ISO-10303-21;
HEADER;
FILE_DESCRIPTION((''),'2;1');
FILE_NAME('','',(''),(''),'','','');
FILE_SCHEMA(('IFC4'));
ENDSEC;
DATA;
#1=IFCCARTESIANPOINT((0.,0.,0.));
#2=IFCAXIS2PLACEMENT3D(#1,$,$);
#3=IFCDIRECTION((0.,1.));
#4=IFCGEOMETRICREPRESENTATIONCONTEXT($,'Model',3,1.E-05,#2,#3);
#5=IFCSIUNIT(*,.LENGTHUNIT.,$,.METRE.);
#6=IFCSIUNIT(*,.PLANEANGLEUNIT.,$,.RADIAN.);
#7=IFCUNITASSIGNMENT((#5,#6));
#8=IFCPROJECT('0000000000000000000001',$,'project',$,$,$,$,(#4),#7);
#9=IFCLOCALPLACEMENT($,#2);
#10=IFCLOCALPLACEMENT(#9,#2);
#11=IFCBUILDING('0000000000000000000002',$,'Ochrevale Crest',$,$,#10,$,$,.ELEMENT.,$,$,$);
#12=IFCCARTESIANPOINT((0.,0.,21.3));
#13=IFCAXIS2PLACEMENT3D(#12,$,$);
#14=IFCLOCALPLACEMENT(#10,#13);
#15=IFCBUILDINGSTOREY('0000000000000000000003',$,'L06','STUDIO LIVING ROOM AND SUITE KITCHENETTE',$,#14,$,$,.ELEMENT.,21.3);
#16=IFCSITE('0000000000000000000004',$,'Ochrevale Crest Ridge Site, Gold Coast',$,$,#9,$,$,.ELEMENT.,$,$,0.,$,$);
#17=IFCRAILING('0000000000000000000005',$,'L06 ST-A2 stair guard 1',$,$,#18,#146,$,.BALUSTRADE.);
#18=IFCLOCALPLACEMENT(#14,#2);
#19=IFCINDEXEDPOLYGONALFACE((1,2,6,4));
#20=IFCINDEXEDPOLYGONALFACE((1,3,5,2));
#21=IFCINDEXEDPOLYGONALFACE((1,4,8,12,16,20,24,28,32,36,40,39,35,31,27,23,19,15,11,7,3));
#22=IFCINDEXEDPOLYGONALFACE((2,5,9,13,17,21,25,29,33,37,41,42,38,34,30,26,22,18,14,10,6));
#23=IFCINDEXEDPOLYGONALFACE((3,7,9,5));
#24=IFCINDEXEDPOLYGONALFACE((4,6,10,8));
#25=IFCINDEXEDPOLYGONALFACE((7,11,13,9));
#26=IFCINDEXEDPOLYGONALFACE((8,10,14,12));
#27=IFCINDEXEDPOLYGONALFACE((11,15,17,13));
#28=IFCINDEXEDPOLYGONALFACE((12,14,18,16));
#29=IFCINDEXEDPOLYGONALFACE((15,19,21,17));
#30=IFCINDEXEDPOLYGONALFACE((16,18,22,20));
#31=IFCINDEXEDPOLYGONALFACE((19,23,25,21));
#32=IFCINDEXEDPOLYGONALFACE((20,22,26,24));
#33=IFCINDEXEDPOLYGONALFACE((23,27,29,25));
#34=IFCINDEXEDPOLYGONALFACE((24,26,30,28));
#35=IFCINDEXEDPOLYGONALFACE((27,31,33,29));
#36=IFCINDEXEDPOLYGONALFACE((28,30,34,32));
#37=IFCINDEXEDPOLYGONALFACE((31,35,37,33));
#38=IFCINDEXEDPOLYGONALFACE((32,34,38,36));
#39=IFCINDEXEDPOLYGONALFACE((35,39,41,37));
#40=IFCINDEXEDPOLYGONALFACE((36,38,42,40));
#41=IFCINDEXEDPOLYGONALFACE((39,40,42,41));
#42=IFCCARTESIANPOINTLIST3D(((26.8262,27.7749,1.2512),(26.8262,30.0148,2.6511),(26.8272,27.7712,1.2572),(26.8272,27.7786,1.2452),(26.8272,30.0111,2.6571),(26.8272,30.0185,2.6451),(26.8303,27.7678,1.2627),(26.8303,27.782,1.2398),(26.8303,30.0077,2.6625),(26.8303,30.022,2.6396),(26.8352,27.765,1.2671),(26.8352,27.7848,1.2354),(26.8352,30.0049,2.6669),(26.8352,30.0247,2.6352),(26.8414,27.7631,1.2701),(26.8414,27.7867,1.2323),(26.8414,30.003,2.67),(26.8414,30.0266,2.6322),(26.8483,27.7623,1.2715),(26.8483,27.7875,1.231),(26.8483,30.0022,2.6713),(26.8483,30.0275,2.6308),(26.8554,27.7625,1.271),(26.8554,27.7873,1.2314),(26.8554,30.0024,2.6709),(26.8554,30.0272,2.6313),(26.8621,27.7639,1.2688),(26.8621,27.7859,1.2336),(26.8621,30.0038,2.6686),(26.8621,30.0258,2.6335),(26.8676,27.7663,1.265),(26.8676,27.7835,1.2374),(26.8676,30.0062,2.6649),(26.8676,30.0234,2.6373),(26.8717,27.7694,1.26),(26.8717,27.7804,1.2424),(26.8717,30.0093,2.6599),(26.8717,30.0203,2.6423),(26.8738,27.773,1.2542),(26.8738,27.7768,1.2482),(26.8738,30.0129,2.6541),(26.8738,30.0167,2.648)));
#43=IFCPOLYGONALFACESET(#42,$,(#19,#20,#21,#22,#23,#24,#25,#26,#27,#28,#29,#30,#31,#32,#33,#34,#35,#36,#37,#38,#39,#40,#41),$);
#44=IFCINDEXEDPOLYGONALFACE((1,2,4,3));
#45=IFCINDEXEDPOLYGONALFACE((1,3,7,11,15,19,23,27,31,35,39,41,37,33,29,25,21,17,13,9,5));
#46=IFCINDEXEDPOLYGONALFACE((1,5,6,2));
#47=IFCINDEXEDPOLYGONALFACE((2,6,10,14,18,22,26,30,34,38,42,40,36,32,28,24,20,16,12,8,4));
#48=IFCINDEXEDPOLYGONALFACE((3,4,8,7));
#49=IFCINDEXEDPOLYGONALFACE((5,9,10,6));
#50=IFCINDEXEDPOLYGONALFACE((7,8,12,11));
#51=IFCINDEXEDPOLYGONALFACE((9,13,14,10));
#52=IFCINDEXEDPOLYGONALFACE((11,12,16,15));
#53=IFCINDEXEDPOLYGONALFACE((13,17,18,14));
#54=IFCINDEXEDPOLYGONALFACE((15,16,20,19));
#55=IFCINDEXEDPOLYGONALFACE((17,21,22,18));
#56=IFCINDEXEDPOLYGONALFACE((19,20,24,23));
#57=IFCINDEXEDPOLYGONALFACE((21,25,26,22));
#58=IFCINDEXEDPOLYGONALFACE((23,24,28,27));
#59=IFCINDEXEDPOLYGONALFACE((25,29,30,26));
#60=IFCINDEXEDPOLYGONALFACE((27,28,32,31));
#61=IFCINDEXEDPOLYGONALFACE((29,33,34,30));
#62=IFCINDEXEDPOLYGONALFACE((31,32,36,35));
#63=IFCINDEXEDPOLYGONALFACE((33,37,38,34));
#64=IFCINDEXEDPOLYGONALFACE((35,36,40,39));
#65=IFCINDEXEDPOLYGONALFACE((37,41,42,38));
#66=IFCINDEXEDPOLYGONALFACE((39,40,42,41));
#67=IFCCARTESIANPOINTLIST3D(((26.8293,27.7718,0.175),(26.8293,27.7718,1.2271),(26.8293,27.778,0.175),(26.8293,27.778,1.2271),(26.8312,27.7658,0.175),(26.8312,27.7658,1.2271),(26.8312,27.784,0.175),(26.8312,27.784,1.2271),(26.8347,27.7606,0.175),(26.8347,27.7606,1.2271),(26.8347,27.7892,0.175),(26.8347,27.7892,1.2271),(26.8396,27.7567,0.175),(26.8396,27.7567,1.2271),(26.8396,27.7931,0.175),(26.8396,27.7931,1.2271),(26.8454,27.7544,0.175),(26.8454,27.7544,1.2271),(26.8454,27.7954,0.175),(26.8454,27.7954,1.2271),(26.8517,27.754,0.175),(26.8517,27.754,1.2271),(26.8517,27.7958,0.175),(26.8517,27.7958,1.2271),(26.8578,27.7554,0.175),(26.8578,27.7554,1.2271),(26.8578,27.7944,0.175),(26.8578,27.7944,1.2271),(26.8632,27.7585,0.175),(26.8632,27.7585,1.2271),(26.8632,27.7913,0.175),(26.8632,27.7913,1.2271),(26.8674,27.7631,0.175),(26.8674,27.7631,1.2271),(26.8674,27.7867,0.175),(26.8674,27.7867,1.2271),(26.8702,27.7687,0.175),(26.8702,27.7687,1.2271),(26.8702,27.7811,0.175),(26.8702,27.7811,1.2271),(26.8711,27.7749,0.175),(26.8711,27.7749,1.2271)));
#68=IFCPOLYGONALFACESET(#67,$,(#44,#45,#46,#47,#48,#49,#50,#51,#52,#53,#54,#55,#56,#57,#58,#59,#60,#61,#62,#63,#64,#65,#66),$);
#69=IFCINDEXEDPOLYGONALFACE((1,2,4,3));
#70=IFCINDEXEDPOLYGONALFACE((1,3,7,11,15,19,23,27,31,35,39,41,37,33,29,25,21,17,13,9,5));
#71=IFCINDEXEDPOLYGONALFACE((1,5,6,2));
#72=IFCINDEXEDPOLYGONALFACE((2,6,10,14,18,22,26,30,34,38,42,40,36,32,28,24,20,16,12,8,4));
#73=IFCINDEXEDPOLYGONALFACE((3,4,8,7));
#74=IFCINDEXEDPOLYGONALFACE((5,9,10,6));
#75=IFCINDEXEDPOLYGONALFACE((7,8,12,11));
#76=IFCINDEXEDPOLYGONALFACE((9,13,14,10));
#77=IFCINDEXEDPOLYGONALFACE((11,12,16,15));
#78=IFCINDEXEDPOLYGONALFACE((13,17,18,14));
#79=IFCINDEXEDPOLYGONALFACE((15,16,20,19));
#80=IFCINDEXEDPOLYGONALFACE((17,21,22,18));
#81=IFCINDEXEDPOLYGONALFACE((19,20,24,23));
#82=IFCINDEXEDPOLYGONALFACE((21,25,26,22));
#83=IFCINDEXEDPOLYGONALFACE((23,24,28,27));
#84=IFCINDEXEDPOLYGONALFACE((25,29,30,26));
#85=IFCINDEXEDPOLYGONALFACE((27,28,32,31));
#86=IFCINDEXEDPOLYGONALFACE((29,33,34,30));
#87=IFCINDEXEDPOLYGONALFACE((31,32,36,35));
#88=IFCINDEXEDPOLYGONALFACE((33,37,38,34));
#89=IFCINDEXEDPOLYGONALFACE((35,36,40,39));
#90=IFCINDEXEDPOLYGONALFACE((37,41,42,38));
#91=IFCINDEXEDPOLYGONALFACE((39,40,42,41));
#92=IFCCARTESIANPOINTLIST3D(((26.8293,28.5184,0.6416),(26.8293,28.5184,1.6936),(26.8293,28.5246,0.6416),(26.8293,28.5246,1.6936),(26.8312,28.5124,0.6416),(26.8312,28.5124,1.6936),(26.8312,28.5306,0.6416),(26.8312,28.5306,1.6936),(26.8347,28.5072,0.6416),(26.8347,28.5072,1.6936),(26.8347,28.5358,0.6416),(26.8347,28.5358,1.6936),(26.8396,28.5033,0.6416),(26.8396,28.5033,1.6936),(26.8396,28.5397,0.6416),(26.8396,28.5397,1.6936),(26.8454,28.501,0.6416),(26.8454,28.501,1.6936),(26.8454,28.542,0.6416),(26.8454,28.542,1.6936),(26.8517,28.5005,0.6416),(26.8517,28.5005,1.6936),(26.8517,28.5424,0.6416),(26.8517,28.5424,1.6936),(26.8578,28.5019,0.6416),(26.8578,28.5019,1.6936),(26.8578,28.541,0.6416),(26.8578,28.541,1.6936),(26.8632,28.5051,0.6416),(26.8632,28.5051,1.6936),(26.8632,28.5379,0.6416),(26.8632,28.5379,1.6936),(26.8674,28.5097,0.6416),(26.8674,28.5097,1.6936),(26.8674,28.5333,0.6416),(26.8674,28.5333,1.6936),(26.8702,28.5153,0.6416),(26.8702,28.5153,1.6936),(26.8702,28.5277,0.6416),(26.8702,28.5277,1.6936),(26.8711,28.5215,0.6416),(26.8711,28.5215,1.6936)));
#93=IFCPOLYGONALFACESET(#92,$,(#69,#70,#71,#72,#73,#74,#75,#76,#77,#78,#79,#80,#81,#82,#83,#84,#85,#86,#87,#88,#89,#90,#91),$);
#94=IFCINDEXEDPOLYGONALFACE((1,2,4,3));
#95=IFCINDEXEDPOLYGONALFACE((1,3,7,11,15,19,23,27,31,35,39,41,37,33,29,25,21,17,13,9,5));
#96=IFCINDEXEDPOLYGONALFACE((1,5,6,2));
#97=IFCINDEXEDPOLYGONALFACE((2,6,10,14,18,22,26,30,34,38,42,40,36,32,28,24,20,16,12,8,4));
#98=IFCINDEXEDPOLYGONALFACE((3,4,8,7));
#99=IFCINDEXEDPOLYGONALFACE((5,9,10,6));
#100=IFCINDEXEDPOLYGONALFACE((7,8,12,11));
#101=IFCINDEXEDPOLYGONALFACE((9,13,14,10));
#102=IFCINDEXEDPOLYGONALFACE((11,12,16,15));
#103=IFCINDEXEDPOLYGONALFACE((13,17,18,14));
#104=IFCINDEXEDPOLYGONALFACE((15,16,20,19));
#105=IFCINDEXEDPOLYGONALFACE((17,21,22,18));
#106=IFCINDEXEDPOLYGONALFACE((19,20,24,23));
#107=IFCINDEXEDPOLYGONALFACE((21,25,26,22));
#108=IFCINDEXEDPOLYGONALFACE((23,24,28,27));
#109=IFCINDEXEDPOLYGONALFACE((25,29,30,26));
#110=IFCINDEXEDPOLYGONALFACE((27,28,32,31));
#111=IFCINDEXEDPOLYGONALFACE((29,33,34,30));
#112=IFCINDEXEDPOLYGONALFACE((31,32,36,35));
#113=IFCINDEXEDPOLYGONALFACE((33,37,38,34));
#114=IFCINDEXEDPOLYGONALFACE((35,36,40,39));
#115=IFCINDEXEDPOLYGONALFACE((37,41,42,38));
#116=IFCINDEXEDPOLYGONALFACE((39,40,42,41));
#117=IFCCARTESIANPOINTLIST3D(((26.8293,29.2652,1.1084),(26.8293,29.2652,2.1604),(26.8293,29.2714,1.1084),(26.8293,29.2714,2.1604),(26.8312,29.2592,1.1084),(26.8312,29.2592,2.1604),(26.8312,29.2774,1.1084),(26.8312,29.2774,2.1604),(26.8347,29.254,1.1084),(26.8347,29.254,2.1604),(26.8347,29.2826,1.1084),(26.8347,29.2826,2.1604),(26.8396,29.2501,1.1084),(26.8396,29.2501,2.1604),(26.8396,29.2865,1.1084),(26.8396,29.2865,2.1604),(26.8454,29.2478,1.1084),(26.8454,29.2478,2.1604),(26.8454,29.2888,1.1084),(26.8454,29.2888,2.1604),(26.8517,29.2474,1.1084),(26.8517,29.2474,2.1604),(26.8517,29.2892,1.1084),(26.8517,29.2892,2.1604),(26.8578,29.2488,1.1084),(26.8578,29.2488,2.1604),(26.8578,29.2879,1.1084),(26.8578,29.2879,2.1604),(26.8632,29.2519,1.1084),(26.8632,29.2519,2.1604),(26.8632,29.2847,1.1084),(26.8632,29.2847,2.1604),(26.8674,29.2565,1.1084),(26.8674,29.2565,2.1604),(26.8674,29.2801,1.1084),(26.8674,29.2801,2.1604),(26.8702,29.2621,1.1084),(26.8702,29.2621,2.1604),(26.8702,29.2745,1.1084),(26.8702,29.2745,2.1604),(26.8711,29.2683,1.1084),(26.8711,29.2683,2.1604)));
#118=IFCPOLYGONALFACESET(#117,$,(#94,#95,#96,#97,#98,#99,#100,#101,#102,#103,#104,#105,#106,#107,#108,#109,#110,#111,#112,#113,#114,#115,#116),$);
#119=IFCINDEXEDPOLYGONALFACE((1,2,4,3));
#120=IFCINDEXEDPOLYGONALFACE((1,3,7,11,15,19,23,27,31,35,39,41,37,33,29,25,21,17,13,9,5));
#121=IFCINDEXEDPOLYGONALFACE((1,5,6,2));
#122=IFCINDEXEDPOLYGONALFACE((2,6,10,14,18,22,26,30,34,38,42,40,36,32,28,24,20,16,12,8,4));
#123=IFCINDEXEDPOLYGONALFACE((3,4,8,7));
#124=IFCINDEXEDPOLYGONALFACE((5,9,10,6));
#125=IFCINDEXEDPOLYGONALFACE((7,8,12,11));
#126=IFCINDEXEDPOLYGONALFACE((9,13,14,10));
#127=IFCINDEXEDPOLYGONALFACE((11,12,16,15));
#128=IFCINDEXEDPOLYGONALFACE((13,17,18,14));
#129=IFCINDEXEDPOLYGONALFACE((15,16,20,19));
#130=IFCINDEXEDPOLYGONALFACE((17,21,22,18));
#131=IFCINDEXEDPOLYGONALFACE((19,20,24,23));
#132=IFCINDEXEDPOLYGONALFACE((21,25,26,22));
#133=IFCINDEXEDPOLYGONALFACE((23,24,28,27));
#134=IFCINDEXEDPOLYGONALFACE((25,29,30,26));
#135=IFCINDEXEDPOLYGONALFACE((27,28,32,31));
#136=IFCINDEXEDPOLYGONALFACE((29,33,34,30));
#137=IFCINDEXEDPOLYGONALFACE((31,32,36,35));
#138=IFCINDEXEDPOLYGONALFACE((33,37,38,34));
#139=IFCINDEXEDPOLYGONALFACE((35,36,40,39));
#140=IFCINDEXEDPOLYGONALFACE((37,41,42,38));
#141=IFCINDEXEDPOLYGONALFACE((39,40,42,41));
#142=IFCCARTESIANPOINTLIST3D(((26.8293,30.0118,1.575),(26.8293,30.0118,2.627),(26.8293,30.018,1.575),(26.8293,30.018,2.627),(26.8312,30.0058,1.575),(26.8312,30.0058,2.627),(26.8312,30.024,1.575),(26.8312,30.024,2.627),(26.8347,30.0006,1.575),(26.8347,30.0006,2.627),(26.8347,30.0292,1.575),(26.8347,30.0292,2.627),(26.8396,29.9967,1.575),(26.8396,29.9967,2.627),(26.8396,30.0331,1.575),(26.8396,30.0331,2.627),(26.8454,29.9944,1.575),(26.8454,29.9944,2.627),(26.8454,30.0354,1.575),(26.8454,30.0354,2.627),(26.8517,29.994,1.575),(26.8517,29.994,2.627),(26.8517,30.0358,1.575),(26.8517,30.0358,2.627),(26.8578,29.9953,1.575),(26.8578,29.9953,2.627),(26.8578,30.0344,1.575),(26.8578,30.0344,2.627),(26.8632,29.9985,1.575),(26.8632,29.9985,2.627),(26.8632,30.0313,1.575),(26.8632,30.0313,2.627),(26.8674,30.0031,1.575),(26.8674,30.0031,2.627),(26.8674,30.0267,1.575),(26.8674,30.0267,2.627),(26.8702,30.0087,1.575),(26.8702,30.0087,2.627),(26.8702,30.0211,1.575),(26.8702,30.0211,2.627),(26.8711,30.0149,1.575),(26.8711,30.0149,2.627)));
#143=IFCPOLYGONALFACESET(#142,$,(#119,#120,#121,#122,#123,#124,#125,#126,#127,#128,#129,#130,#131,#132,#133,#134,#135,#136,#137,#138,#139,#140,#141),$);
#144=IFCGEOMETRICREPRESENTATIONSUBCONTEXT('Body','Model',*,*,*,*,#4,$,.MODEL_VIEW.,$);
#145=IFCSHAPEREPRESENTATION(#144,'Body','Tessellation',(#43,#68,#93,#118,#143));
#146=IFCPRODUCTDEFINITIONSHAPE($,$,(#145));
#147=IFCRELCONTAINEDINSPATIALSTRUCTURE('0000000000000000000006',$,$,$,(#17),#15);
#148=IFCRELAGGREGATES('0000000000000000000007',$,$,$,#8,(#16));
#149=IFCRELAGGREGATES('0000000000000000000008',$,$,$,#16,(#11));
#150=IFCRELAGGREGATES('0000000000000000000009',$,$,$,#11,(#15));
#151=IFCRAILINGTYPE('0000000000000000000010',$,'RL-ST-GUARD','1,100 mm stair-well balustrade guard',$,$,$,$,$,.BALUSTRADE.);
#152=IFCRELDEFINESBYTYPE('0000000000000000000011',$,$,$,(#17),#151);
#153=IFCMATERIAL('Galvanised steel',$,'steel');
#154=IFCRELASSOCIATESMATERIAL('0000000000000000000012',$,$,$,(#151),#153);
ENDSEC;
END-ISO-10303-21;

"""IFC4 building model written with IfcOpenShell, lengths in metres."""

from ifc_helpers import new_model, si_unit, direction, frame, origin, origin_2d, place, context, subcontext, project, spatial, circle, extrude, material, type_object, element, save


model = new_model("IFC4")

# Units and contexts
model_context = context("Model", 3, precision=1e-05, world=origin(), true_north=direction((0.0, 1.0)))
body_context = subcontext(model_context, "Body", "Model", "MODEL_VIEW")
ifc_project = project(units=[si_unit("LENGTHUNIT", "METRE"), si_unit("PLANEANGLEUNIT", "RADIAN")], contexts=[model_context])

# Site, building, storey
site_placement = place(None, origin())
site = spatial("IfcSite", under=ifc_project, at=site_placement, Name="Ochrevale Crest Ridge Site, Gold Coast", CompositionType="ELEMENT", RefElevation=0.0)
building_placement = place(site_placement, origin())
building = spatial("IfcBuilding", under=site, at=building_placement, Name="Ochrevale Crest", CompositionType="ELEMENT")
storey_placement = place(building_placement, frame((0.0, 0.0, 21.3)))
storey = spatial("IfcBuildingStorey", under=building, at=storey_placement, Name="L06", Description="STUDIO LIVING ROOM AND SUITE KITCHENETTE", CompositionType="ELEMENT", Elevation=21.3)

# Railing
ifc_material_1 = material(Name="Galvanised steel", Category="steel")
railing_type = type_object("IfcRailingType", Name="RL-ST-GUARD", Description="1,100 mm stair-well balustrade guard", PredefinedType="BALUSTRADE", material=ifc_material_1)
railing_1_placement = place(storey_placement, frame((26.8501, 27.7749, 0.175)))
element("IfcRailing", 1, at=railing_1_placement, inside=storey, type_object=railing_type, Name="L06 ST-A2 stair guard 1", PredefinedType="BALUSTRADE", context=body_context, shape_type="SweptSolid", body=[
    extrude(circle(Radius=0.0239, at=origin_2d()), frame((0.0, 0.0, 1.0762), z_axis=(0.0, 0.848014, 0.529974), x_axis=(-1.0, 0.0, 0.0)), (0.0, 0.0, 1.0), 2.6414),
    extrude(circle(Radius=0.021, at=origin_2d()), origin(), (0.0, 0.0, 1.0), 1.052),
    extrude(circle(Radius=0.021, at=origin_2d()), frame((0.0, 0.7466, 0.4666)), (0.0, 0.0, 1.0), 1.052),
    extrude(circle(Radius=0.021, at=origin_2d()), frame((0.0, 1.4934, 0.9333)), (0.0, 0.0, 1.0), 1.052),
    extrude(circle(Radius=0.021, at=origin_2d()), frame((0.0, 2.24, 1.3999)), (0.0, 0.0, 1.0), 1.052),
])

save(model, "model.ifc")
